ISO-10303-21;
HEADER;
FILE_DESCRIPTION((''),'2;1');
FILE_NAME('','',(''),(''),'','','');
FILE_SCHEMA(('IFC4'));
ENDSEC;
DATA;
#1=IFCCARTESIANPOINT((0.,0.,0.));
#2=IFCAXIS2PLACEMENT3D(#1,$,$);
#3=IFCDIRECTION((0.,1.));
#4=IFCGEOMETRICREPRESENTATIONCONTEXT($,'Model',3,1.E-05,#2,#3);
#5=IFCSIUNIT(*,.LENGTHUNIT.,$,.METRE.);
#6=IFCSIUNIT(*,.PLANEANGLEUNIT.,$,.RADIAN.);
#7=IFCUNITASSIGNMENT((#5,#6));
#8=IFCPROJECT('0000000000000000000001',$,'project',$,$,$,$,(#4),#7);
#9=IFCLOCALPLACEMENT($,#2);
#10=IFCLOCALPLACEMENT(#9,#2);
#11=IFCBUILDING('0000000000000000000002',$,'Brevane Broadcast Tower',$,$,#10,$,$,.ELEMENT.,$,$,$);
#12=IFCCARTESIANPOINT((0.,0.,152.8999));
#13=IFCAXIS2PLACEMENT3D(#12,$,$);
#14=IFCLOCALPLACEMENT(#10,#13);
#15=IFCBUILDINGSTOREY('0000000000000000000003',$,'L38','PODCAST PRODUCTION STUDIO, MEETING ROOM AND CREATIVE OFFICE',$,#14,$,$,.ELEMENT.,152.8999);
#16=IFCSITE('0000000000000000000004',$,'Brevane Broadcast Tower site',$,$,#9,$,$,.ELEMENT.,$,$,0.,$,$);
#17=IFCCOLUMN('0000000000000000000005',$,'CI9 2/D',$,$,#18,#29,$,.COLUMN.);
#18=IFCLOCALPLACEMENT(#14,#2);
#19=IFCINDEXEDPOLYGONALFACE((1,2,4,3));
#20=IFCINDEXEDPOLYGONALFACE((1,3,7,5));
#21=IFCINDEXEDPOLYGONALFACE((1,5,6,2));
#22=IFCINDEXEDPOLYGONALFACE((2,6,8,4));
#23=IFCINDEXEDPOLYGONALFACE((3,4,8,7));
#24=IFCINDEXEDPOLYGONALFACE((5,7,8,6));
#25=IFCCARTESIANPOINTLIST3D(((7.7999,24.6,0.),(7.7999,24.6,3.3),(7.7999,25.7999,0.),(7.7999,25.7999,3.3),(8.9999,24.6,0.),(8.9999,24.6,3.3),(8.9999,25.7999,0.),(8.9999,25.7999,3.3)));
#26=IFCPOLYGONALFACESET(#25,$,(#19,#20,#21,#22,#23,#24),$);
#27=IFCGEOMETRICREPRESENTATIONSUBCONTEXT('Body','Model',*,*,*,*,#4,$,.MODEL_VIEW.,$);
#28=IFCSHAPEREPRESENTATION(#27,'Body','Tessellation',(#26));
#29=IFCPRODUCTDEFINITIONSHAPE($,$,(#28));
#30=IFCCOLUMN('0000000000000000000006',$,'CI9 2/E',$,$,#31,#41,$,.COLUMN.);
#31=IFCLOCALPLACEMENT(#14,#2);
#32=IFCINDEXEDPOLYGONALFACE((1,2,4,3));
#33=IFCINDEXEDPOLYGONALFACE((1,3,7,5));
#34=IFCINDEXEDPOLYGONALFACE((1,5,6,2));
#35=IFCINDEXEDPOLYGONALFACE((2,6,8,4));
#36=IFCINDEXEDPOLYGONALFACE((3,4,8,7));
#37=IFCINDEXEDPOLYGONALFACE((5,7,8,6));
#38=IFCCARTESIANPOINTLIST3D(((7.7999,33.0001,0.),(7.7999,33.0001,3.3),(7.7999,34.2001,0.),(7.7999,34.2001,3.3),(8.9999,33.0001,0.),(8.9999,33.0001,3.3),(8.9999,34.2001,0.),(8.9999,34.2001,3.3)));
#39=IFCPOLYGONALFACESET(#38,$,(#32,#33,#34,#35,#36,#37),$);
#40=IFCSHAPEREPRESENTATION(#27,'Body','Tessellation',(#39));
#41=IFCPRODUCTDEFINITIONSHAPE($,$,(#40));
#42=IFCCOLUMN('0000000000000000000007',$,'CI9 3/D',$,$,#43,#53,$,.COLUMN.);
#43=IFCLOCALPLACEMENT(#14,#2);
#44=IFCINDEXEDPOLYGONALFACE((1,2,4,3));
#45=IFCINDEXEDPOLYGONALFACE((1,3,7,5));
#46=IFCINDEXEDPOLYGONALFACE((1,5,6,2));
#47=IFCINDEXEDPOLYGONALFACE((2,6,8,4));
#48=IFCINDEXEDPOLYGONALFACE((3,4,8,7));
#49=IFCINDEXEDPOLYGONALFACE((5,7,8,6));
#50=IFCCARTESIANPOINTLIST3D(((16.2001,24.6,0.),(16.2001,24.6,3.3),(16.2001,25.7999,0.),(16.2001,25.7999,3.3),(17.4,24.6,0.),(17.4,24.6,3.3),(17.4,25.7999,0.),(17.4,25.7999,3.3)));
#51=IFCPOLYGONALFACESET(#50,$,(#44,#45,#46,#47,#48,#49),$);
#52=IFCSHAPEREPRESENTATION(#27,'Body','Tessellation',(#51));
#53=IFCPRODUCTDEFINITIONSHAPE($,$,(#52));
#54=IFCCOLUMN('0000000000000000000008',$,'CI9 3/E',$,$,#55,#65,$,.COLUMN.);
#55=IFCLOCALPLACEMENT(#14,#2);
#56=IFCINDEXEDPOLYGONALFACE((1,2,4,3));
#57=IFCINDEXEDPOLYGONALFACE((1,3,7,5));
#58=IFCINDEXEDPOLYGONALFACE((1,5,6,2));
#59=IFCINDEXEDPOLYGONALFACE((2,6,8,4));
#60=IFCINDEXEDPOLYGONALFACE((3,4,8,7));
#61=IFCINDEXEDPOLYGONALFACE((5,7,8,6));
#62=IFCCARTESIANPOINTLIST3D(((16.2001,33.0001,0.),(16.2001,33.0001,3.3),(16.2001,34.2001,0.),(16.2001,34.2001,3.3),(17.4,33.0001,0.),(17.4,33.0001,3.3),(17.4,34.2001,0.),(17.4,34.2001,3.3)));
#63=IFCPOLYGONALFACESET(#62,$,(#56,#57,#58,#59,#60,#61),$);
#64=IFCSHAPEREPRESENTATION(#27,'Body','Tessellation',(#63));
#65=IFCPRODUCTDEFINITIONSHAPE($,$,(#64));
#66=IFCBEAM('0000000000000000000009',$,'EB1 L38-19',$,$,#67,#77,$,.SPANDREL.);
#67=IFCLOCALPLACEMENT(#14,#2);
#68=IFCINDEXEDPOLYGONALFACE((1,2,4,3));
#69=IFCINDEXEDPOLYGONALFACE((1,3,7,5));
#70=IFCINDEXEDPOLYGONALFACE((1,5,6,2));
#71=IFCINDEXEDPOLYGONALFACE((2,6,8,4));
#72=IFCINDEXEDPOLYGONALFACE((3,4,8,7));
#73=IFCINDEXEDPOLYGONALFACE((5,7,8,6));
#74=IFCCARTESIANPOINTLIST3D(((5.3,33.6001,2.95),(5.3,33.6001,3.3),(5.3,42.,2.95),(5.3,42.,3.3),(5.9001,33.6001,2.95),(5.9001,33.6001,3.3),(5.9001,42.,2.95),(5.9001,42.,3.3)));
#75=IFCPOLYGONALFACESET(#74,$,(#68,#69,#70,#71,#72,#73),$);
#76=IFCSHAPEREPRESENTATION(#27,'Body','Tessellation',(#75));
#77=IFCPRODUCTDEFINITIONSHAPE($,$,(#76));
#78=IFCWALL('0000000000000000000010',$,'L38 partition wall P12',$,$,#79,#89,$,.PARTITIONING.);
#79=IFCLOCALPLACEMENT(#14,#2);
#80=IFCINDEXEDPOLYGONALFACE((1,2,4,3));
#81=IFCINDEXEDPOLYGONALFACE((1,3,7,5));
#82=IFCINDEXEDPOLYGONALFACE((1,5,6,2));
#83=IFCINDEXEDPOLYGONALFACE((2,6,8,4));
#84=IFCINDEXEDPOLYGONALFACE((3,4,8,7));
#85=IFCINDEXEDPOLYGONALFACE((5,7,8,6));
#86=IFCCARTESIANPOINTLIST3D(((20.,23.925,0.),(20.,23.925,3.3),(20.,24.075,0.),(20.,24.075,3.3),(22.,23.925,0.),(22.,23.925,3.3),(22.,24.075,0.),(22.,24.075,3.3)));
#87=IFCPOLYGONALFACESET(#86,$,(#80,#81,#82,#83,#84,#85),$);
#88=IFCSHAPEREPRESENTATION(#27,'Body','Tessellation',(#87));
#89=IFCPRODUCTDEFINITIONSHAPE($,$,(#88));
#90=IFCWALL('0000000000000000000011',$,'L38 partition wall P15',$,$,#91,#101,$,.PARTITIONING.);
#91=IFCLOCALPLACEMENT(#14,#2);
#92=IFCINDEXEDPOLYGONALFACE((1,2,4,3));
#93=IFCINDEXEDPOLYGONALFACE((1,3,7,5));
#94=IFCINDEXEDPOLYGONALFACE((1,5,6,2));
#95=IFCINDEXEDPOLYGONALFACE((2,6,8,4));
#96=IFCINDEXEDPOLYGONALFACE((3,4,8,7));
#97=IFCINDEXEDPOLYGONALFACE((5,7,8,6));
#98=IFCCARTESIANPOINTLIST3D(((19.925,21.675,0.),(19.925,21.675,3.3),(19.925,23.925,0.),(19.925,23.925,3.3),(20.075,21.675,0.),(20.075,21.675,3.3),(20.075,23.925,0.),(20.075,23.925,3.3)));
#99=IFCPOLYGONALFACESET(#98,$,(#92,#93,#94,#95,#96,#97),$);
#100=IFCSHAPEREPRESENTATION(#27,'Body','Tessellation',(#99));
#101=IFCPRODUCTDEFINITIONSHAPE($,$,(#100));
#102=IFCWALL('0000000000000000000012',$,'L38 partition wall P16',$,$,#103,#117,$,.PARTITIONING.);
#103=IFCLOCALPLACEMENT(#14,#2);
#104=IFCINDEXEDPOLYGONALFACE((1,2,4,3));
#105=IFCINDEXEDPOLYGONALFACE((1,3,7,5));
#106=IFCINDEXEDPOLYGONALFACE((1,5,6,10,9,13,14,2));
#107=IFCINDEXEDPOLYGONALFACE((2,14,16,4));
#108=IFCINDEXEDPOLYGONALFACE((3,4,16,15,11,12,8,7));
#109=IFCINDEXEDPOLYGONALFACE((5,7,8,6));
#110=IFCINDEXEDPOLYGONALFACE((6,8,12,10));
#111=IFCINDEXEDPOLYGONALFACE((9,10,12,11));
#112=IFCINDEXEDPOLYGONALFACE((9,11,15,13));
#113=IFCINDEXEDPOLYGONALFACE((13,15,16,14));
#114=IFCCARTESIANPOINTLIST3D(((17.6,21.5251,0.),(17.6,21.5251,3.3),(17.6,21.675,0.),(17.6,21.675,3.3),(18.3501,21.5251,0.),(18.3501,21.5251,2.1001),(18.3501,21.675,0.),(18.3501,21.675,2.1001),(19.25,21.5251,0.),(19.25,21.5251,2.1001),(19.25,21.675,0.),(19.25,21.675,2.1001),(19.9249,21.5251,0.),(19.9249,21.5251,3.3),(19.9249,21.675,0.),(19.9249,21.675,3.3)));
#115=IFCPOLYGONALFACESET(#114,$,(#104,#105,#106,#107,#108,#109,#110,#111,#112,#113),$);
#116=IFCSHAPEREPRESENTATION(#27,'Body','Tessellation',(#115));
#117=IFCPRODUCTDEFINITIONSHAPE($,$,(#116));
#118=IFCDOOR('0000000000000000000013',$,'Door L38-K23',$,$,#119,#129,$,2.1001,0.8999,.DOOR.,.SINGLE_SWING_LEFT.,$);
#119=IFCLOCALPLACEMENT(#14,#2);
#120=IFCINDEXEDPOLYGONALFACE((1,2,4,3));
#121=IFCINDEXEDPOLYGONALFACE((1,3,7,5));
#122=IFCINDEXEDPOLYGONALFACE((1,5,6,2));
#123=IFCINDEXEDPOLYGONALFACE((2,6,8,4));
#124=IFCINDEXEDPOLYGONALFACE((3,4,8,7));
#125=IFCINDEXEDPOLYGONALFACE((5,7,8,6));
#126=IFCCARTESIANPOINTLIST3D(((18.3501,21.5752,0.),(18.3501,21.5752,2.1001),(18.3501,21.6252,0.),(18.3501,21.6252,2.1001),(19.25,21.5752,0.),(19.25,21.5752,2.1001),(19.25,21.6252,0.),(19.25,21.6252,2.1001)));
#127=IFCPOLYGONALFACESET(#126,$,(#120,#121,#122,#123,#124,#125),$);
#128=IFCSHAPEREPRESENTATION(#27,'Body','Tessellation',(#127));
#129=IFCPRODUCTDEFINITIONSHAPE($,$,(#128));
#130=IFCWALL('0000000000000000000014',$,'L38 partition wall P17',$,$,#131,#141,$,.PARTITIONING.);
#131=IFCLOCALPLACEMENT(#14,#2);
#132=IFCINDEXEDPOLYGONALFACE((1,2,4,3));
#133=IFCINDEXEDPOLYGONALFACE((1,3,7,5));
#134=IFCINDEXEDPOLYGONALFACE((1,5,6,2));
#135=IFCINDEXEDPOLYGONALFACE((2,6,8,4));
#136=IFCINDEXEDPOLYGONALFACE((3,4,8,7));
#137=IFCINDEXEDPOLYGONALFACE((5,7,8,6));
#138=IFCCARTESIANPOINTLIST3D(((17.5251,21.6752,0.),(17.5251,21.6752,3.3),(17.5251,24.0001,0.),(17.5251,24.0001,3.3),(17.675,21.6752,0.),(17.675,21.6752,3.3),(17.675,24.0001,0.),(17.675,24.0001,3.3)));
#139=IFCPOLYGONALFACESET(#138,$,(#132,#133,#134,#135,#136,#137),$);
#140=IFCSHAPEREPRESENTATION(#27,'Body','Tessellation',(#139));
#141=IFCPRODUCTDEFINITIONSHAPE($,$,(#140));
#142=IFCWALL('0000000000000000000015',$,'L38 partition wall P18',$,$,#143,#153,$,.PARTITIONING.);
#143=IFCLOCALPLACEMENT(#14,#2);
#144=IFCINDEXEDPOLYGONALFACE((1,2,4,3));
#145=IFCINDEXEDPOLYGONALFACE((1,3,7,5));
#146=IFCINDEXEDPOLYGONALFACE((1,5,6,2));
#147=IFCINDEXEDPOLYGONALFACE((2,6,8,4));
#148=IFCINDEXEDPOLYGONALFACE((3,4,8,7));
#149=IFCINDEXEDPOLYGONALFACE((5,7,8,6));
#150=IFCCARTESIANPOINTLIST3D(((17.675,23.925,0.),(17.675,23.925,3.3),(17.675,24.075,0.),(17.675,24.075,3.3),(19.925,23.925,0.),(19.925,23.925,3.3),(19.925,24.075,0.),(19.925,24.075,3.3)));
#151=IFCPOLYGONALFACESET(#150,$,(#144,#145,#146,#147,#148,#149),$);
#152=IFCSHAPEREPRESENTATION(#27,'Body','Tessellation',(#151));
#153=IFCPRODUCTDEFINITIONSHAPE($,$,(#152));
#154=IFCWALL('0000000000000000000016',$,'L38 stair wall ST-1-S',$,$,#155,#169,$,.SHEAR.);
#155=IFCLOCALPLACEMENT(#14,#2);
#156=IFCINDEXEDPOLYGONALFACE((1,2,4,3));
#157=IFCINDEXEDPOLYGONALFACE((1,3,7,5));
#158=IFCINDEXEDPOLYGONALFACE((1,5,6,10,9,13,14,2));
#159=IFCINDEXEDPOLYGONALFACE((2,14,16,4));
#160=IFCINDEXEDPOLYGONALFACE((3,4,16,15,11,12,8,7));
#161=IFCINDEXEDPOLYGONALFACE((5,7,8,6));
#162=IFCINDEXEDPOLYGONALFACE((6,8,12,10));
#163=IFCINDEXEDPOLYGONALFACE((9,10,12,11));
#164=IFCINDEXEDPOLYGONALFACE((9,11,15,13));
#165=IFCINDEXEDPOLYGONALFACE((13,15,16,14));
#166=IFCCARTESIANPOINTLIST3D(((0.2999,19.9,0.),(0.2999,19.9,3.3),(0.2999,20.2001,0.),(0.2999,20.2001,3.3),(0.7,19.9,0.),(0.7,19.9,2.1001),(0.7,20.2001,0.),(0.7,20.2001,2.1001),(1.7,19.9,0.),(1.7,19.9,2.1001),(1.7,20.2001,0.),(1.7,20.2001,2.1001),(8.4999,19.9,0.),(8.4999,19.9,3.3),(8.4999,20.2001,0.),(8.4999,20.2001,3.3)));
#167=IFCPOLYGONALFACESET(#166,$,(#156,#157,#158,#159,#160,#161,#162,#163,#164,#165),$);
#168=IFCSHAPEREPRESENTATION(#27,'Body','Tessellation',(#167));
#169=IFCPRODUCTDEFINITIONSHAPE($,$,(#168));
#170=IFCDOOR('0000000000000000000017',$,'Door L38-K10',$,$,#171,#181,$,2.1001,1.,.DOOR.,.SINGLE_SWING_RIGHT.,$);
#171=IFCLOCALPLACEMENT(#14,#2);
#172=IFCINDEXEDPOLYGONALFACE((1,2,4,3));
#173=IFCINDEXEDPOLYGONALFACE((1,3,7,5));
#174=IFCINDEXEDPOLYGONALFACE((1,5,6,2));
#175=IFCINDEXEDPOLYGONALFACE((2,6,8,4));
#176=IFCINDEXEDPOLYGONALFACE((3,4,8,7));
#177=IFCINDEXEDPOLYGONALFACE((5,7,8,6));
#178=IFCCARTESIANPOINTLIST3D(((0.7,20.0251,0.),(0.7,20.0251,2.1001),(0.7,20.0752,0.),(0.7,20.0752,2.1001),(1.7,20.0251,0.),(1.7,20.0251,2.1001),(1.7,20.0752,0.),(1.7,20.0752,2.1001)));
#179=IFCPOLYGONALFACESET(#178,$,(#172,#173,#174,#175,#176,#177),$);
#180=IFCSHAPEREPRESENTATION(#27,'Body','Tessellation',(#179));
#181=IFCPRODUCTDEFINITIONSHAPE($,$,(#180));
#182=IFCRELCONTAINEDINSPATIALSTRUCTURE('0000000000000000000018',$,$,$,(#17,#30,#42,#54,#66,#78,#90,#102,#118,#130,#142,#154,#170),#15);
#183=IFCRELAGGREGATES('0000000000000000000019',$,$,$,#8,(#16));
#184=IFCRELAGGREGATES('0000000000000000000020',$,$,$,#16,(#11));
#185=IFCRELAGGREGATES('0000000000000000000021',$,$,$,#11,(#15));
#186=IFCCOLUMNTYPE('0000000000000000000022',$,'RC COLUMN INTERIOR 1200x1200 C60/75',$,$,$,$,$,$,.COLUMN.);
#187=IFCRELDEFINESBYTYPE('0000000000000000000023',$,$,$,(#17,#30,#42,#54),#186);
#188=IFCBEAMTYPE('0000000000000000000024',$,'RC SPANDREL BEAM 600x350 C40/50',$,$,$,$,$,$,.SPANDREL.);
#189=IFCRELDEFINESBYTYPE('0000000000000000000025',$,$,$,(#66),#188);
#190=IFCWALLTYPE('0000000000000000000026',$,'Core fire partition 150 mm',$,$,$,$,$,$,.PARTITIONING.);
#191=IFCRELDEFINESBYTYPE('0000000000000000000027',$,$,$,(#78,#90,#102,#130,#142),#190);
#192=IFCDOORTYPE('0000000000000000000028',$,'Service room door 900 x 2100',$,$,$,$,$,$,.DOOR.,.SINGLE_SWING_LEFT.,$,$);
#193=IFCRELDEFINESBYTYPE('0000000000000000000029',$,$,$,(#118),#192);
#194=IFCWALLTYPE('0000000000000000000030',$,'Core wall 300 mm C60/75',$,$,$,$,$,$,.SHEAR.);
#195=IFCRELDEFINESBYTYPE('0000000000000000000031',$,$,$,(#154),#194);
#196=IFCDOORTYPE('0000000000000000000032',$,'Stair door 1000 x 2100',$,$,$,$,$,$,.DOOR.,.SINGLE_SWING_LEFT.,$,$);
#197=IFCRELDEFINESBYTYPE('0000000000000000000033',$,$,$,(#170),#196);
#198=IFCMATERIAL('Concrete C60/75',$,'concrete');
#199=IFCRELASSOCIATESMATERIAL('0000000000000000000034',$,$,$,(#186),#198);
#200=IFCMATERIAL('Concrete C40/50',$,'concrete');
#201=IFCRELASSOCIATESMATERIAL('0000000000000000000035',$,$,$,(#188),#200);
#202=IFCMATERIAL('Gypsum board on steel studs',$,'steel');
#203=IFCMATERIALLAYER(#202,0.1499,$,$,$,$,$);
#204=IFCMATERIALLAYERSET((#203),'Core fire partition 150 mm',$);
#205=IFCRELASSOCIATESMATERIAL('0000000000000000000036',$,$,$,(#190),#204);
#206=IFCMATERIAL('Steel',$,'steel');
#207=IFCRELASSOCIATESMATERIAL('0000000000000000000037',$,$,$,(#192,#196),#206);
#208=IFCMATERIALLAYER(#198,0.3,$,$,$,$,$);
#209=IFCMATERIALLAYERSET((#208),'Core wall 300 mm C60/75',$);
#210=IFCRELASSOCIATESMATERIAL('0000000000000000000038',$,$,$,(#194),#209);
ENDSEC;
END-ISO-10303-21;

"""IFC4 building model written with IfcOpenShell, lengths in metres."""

from ifc_helpers import new_model, si_unit, direction, frame, frame_2d, origin, origin_2d, place, context, subcontext, project, spatial, rectangle, extrude, material, layer, layer_set, material_profile, profile_set, type_object, element, fill, save


model = new_model("IFC4")

# Units and contexts
model_context = context("Model", 3, precision=1e-05, world=origin(), true_north=direction((0.0, 1.0)))
body_context = subcontext(model_context, "Body", "Model", "MODEL_VIEW")
ifc_project = project(units=[si_unit("LENGTHUNIT", "METRE"), si_unit("PLANEANGLEUNIT", "RADIAN")], contexts=[model_context])

# Site, building, storey
site_placement = place(None, origin())
site = spatial("IfcSite", under=ifc_project, at=site_placement, Name="Brevane Broadcast Tower site", CompositionType="ELEMENT", RefElevation=0.0)
building_placement = place(site_placement, origin())
building = spatial("IfcBuilding", under=site, at=building_placement, Name="Brevane Broadcast Tower", CompositionType="ELEMENT")
storey_placement = place(building_placement, frame((0.0, 0.0, 152.8999)))
storey = spatial("IfcBuildingStorey", under=building, at=storey_placement, Name="L38", Description="PODCAST PRODUCTION STUDIO, MEETING ROOM AND CREATIVE OFFICE", CompositionType="ELEMENT", Elevation=152.8999)

# Columns
ifc_material_1 = material(Name="Concrete C60/75", Category="concrete")
ifc_material_profile_1 = material_profile(ifc_material_1, rectangle(XDim=1.2, YDim=1.2, at=origin_2d()), Name="RC 1200x1200")
ifc_profile_set_1 = profile_set([ifc_material_profile_1], Name="Concrete C60/75")
column_type = type_object("IfcColumnType", Name="RC COLUMN INTERIOR 1200x1200 C60/75", PredefinedType="COLUMN", material=ifc_profile_set_1)
for number, where, z_axis, x_axis, name in (
    (1, (8.3999, 25.2, 0.0), (0.0, 0.0, 1.0), (1.0, 0.0, 0.0), "CI9 2/D"),
    (2, (8.3999, 33.6001, 0.0), (0.0, 0.0, 1.0), (1.0, 0.0, 0.0), "CI9 2/E"),
    (3, (16.8, 25.2, 0.0), (0.0, 0.0, 1.0), (1.0, 0.0, 0.0), "CI9 3/D"),
    (4, (16.8, 33.6001, 0.0), (0.0, 0.0, 1.0), (1.0, 0.0, 0.0), "CI9 3/E"),
):
    element("IfcColumn", number, at=place(storey_placement, frame(where, z_axis=z_axis, x_axis=x_axis)), inside=storey, type_object=column_type, Name=name, PredefinedType="COLUMN", context=body_context, shape_type="SweptSolid", body=[
        extrude(rectangle(XDim=1.2, YDim=1.2, at=origin_2d()), origin(), (0.0, 0.0, 1.0), 3.3),
    ])

# Beam
ifc_material_2 = material(Name="Concrete C40/50", Category="concrete")
ifc_material_profile_2 = material_profile(ifc_material_2, rectangle(XDim=0.6001, YDim=0.3501, at=origin_2d()), Name="RC 600x350")
ifc_profile_set_2 = profile_set([ifc_material_profile_2], Name="Concrete C40/50")
beam_type = type_object("IfcBeamType", Name="RC SPANDREL BEAM 600x350 C40/50", PredefinedType="SPANDREL", material=ifc_profile_set_2)
beam_placement = place(storey_placement, frame((5.6001, 33.6001, 3.125), z_axis=(0.0, 1.0, 0.0), x_axis=(-1.0, 0.0, 0.0)))
element("IfcBeam", 5, at=beam_placement, inside=storey, type_object=beam_type, Name="EB1 L38-19", PredefinedType="SPANDREL", context=body_context, shape_type="SweptSolid", body=[
    extrude(rectangle(XDim=0.6001, YDim=0.3501, at=origin_2d()), origin(), (0.0, 0.0, 1.0), 8.3999),
])

# Walls
ifc_material_3 = material(Name="Gypsum board on steel studs", Category="steel")
ifc_layer_1 = layer(ifc_material_3, 0.1499)
ifc_layer_set_1 = layer_set([ifc_layer_1], Name="Core fire partition 150 mm")
wall_type_1 = type_object("IfcWallType", Name="Core fire partition 150 mm", PredefinedType="PARTITIONING", material=ifc_layer_set_1)
wall_1_placement = place(storey_placement, frame((20.0, 24.0, 0.0), z_axis=(0.0, 0.0, 1.0), x_axis=(1.0, 0.0, 0.0)))
element("IfcWall", 6, at=wall_1_placement, inside=storey, type_object=wall_type_1, Name="L38 partition wall P12", PredefinedType="PARTITIONING", context=body_context, shape_type="SweptSolid", body=[
    extrude(rectangle(XDim=2.0, YDim=0.1499, at=frame_2d((1.0, 0.0))), origin(), (0.0, 0.0, 1.0), 3.3),
])
wall_2_placement = place(storey_placement, frame((20.0, 21.675, 0.0), z_axis=(0.0, 0.0, 1.0), x_axis=(0.0, 1.0, 0.0)))
element("IfcWall", 7, at=wall_2_placement, inside=storey, type_object=wall_type_1, Name="L38 partition wall P15", PredefinedType="PARTITIONING", context=body_context, shape_type="SweptSolid", body=[
    extrude(rectangle(XDim=2.25, YDim=0.1499, at=frame_2d((1.125, 0.0))), origin(), (0.0, 0.0, 1.0), 3.3),
])

# Wall, opening, door
wall_3_placement = place(storey_placement, frame((19.925, 21.6001, 0.0), z_axis=(0.0, 0.0, 1.0), x_axis=(-1.0, 0.0, 0.0)))
wall_3 = element("IfcWall", 8, at=wall_3_placement, inside=storey, type_object=wall_type_1, Name="L38 partition wall P16", PredefinedType="PARTITIONING", context=body_context, shape_type="SweptSolid", body=[
    extrude(rectangle(XDim=2.325, YDim=0.1499, at=frame_2d((1.1626, 0.0))), origin(), (0.0, 0.0, 1.0), 3.3),
])
opening_1_placement = place(wall_3_placement, frame((0.675, 0.0, 0.0)))
opening_1 = element("IfcOpeningElement", 9, at=opening_1_placement, cuts=wall_3, PredefinedType="OPENING", context=body_context, shape_type="SweptSolid", body=[
    extrude(rectangle(XDim=0.8999, YDim=2.1001, at=frame_2d((0.45, 1.05))), frame((0.0, 0.085, 0.0), z_axis=(0.0, -1.0, 0.0), x_axis=(1.0, 0.0, 0.0)), (0.0, 0.0, 1.0), 0.1699),
])
ifc_material_4 = material(Name="Steel", Category="steel")
door_type_1 = type_object("IfcDoorType", Name="Service room door 900 x 2100", OperationType="SINGLE_SWING_LEFT", PredefinedType="DOOR", material=ifc_material_4)
door_1_placement = place(opening_1_placement, origin())
door_1 = element("IfcDoor", 10, at=door_1_placement, inside=storey, type_object=door_type_1, Name="Door L38-K23", OperationType="SINGLE_SWING_LEFT", OverallHeight=2.1001, OverallWidth=0.8999, PredefinedType="DOOR", context=body_context, shape_type="SweptSolid", body=[
    extrude(rectangle(XDim=0.8999, YDim=2.1001, at=frame_2d((0.45, 1.05))), frame((0.0, 0.0249, 0.0), z_axis=(0.0, -1.0, 0.0), x_axis=(1.0, 0.0, 0.0)), (0.0, 0.0, 1.0), 0.05),
])
fill(opening_1, door_1)

# Walls
wall_4_placement = place(storey_placement, frame((17.6001, 21.675, 0.0), z_axis=(0.0, 0.0, 1.0), x_axis=(0.0, 1.0, 0.0)))
element("IfcWall", 11, at=wall_4_placement, inside=storey, type_object=wall_type_1, Name="L38 partition wall P17", PredefinedType="PARTITIONING", context=body_context, shape_type="SweptSolid", body=[
    extrude(rectangle(XDim=2.325, YDim=0.1499, at=frame_2d((1.1626, 0.0))), origin(), (0.0, 0.0, 1.0), 3.3),
])
wall_5_placement = place(storey_placement, frame((17.675, 24.0, 0.0), z_axis=(0.0, 0.0, 1.0), x_axis=(1.0, 0.0, 0.0)))
element("IfcWall", 12, at=wall_5_placement, inside=storey, type_object=wall_type_1, Name="L38 partition wall P18", PredefinedType="PARTITIONING", context=body_context, shape_type="SweptSolid", body=[
    extrude(rectangle(XDim=2.25, YDim=0.1499, at=frame_2d((1.125, 0.0))), origin(), (0.0, 0.0, 1.0), 3.3),
])

# Wall, opening, door
ifc_layer_2 = layer(ifc_material_1, 0.3)
ifc_layer_set_2 = layer_set([ifc_layer_2], Name="Core wall 300 mm C60/75")
wall_type_2 = type_object("IfcWallType", Name="Core wall 300 mm C60/75", PredefinedType="SHEAR", material=ifc_layer_set_2)
wall_6_placement = place(storey_placement, frame((8.5, 20.05, 0.0), z_axis=(0.0, 0.0, 1.0), x_axis=(-1.0, 0.0, 0.0)))
wall_6 = element("IfcWall", 13, at=wall_6_placement, inside=storey, type_object=wall_type_2, Name="L38 stair wall ST-1-S", PredefinedType="SHEAR", context=body_context, shape_type="SweptSolid", body=[
    extrude(rectangle(XDim=8.2, YDim=0.3, at=frame_2d((4.1001, 0.0))), origin(), (0.0, 0.0, 1.0), 3.3),
])
opening_2_placement = place(wall_6_placement, frame((6.8, 0.0, 0.0)))
opening_2 = element("IfcOpeningElement", 14, at=opening_2_placement, cuts=wall_6, PredefinedType="OPENING", context=body_context, shape_type="SweptSolid", body=[
    extrude(rectangle(XDim=1.0, YDim=2.1001, at=frame_2d((0.5, 1.05))), frame((0.0, 0.1599, 0.0), z_axis=(0.0, -1.0, 0.0), x_axis=(1.0, 0.0, 0.0)), (0.0, 0.0, 1.0), 0.3201),
])
door_type_2 = type_object("IfcDoorType", Name="Stair door 1000 x 2100", OperationType="SINGLE_SWING_LEFT", PredefinedType="DOOR", material=ifc_material_4)
door_2_placement = place(opening_2_placement, origin())
door_2 = element("IfcDoor", 15, at=door_2_placement, inside=storey, type_object=door_type_2, Name="Door L38-K10", OperationType="SINGLE_SWING_RIGHT", OverallHeight=2.1001, OverallWidth=1.0, PredefinedType="DOOR", context=body_context, shape_type="SweptSolid", body=[
    extrude(rectangle(XDim=1.0, YDim=2.1001, at=frame_2d((0.5, 1.05))), frame((0.0, 0.0249, 0.0), z_axis=(0.0, -1.0, 0.0), x_axis=(1.0, 0.0, 0.0)), (0.0, 0.0, 1.0), 0.05),
])
fill(opening_2, door_2)

save(model, "model.ifc")
